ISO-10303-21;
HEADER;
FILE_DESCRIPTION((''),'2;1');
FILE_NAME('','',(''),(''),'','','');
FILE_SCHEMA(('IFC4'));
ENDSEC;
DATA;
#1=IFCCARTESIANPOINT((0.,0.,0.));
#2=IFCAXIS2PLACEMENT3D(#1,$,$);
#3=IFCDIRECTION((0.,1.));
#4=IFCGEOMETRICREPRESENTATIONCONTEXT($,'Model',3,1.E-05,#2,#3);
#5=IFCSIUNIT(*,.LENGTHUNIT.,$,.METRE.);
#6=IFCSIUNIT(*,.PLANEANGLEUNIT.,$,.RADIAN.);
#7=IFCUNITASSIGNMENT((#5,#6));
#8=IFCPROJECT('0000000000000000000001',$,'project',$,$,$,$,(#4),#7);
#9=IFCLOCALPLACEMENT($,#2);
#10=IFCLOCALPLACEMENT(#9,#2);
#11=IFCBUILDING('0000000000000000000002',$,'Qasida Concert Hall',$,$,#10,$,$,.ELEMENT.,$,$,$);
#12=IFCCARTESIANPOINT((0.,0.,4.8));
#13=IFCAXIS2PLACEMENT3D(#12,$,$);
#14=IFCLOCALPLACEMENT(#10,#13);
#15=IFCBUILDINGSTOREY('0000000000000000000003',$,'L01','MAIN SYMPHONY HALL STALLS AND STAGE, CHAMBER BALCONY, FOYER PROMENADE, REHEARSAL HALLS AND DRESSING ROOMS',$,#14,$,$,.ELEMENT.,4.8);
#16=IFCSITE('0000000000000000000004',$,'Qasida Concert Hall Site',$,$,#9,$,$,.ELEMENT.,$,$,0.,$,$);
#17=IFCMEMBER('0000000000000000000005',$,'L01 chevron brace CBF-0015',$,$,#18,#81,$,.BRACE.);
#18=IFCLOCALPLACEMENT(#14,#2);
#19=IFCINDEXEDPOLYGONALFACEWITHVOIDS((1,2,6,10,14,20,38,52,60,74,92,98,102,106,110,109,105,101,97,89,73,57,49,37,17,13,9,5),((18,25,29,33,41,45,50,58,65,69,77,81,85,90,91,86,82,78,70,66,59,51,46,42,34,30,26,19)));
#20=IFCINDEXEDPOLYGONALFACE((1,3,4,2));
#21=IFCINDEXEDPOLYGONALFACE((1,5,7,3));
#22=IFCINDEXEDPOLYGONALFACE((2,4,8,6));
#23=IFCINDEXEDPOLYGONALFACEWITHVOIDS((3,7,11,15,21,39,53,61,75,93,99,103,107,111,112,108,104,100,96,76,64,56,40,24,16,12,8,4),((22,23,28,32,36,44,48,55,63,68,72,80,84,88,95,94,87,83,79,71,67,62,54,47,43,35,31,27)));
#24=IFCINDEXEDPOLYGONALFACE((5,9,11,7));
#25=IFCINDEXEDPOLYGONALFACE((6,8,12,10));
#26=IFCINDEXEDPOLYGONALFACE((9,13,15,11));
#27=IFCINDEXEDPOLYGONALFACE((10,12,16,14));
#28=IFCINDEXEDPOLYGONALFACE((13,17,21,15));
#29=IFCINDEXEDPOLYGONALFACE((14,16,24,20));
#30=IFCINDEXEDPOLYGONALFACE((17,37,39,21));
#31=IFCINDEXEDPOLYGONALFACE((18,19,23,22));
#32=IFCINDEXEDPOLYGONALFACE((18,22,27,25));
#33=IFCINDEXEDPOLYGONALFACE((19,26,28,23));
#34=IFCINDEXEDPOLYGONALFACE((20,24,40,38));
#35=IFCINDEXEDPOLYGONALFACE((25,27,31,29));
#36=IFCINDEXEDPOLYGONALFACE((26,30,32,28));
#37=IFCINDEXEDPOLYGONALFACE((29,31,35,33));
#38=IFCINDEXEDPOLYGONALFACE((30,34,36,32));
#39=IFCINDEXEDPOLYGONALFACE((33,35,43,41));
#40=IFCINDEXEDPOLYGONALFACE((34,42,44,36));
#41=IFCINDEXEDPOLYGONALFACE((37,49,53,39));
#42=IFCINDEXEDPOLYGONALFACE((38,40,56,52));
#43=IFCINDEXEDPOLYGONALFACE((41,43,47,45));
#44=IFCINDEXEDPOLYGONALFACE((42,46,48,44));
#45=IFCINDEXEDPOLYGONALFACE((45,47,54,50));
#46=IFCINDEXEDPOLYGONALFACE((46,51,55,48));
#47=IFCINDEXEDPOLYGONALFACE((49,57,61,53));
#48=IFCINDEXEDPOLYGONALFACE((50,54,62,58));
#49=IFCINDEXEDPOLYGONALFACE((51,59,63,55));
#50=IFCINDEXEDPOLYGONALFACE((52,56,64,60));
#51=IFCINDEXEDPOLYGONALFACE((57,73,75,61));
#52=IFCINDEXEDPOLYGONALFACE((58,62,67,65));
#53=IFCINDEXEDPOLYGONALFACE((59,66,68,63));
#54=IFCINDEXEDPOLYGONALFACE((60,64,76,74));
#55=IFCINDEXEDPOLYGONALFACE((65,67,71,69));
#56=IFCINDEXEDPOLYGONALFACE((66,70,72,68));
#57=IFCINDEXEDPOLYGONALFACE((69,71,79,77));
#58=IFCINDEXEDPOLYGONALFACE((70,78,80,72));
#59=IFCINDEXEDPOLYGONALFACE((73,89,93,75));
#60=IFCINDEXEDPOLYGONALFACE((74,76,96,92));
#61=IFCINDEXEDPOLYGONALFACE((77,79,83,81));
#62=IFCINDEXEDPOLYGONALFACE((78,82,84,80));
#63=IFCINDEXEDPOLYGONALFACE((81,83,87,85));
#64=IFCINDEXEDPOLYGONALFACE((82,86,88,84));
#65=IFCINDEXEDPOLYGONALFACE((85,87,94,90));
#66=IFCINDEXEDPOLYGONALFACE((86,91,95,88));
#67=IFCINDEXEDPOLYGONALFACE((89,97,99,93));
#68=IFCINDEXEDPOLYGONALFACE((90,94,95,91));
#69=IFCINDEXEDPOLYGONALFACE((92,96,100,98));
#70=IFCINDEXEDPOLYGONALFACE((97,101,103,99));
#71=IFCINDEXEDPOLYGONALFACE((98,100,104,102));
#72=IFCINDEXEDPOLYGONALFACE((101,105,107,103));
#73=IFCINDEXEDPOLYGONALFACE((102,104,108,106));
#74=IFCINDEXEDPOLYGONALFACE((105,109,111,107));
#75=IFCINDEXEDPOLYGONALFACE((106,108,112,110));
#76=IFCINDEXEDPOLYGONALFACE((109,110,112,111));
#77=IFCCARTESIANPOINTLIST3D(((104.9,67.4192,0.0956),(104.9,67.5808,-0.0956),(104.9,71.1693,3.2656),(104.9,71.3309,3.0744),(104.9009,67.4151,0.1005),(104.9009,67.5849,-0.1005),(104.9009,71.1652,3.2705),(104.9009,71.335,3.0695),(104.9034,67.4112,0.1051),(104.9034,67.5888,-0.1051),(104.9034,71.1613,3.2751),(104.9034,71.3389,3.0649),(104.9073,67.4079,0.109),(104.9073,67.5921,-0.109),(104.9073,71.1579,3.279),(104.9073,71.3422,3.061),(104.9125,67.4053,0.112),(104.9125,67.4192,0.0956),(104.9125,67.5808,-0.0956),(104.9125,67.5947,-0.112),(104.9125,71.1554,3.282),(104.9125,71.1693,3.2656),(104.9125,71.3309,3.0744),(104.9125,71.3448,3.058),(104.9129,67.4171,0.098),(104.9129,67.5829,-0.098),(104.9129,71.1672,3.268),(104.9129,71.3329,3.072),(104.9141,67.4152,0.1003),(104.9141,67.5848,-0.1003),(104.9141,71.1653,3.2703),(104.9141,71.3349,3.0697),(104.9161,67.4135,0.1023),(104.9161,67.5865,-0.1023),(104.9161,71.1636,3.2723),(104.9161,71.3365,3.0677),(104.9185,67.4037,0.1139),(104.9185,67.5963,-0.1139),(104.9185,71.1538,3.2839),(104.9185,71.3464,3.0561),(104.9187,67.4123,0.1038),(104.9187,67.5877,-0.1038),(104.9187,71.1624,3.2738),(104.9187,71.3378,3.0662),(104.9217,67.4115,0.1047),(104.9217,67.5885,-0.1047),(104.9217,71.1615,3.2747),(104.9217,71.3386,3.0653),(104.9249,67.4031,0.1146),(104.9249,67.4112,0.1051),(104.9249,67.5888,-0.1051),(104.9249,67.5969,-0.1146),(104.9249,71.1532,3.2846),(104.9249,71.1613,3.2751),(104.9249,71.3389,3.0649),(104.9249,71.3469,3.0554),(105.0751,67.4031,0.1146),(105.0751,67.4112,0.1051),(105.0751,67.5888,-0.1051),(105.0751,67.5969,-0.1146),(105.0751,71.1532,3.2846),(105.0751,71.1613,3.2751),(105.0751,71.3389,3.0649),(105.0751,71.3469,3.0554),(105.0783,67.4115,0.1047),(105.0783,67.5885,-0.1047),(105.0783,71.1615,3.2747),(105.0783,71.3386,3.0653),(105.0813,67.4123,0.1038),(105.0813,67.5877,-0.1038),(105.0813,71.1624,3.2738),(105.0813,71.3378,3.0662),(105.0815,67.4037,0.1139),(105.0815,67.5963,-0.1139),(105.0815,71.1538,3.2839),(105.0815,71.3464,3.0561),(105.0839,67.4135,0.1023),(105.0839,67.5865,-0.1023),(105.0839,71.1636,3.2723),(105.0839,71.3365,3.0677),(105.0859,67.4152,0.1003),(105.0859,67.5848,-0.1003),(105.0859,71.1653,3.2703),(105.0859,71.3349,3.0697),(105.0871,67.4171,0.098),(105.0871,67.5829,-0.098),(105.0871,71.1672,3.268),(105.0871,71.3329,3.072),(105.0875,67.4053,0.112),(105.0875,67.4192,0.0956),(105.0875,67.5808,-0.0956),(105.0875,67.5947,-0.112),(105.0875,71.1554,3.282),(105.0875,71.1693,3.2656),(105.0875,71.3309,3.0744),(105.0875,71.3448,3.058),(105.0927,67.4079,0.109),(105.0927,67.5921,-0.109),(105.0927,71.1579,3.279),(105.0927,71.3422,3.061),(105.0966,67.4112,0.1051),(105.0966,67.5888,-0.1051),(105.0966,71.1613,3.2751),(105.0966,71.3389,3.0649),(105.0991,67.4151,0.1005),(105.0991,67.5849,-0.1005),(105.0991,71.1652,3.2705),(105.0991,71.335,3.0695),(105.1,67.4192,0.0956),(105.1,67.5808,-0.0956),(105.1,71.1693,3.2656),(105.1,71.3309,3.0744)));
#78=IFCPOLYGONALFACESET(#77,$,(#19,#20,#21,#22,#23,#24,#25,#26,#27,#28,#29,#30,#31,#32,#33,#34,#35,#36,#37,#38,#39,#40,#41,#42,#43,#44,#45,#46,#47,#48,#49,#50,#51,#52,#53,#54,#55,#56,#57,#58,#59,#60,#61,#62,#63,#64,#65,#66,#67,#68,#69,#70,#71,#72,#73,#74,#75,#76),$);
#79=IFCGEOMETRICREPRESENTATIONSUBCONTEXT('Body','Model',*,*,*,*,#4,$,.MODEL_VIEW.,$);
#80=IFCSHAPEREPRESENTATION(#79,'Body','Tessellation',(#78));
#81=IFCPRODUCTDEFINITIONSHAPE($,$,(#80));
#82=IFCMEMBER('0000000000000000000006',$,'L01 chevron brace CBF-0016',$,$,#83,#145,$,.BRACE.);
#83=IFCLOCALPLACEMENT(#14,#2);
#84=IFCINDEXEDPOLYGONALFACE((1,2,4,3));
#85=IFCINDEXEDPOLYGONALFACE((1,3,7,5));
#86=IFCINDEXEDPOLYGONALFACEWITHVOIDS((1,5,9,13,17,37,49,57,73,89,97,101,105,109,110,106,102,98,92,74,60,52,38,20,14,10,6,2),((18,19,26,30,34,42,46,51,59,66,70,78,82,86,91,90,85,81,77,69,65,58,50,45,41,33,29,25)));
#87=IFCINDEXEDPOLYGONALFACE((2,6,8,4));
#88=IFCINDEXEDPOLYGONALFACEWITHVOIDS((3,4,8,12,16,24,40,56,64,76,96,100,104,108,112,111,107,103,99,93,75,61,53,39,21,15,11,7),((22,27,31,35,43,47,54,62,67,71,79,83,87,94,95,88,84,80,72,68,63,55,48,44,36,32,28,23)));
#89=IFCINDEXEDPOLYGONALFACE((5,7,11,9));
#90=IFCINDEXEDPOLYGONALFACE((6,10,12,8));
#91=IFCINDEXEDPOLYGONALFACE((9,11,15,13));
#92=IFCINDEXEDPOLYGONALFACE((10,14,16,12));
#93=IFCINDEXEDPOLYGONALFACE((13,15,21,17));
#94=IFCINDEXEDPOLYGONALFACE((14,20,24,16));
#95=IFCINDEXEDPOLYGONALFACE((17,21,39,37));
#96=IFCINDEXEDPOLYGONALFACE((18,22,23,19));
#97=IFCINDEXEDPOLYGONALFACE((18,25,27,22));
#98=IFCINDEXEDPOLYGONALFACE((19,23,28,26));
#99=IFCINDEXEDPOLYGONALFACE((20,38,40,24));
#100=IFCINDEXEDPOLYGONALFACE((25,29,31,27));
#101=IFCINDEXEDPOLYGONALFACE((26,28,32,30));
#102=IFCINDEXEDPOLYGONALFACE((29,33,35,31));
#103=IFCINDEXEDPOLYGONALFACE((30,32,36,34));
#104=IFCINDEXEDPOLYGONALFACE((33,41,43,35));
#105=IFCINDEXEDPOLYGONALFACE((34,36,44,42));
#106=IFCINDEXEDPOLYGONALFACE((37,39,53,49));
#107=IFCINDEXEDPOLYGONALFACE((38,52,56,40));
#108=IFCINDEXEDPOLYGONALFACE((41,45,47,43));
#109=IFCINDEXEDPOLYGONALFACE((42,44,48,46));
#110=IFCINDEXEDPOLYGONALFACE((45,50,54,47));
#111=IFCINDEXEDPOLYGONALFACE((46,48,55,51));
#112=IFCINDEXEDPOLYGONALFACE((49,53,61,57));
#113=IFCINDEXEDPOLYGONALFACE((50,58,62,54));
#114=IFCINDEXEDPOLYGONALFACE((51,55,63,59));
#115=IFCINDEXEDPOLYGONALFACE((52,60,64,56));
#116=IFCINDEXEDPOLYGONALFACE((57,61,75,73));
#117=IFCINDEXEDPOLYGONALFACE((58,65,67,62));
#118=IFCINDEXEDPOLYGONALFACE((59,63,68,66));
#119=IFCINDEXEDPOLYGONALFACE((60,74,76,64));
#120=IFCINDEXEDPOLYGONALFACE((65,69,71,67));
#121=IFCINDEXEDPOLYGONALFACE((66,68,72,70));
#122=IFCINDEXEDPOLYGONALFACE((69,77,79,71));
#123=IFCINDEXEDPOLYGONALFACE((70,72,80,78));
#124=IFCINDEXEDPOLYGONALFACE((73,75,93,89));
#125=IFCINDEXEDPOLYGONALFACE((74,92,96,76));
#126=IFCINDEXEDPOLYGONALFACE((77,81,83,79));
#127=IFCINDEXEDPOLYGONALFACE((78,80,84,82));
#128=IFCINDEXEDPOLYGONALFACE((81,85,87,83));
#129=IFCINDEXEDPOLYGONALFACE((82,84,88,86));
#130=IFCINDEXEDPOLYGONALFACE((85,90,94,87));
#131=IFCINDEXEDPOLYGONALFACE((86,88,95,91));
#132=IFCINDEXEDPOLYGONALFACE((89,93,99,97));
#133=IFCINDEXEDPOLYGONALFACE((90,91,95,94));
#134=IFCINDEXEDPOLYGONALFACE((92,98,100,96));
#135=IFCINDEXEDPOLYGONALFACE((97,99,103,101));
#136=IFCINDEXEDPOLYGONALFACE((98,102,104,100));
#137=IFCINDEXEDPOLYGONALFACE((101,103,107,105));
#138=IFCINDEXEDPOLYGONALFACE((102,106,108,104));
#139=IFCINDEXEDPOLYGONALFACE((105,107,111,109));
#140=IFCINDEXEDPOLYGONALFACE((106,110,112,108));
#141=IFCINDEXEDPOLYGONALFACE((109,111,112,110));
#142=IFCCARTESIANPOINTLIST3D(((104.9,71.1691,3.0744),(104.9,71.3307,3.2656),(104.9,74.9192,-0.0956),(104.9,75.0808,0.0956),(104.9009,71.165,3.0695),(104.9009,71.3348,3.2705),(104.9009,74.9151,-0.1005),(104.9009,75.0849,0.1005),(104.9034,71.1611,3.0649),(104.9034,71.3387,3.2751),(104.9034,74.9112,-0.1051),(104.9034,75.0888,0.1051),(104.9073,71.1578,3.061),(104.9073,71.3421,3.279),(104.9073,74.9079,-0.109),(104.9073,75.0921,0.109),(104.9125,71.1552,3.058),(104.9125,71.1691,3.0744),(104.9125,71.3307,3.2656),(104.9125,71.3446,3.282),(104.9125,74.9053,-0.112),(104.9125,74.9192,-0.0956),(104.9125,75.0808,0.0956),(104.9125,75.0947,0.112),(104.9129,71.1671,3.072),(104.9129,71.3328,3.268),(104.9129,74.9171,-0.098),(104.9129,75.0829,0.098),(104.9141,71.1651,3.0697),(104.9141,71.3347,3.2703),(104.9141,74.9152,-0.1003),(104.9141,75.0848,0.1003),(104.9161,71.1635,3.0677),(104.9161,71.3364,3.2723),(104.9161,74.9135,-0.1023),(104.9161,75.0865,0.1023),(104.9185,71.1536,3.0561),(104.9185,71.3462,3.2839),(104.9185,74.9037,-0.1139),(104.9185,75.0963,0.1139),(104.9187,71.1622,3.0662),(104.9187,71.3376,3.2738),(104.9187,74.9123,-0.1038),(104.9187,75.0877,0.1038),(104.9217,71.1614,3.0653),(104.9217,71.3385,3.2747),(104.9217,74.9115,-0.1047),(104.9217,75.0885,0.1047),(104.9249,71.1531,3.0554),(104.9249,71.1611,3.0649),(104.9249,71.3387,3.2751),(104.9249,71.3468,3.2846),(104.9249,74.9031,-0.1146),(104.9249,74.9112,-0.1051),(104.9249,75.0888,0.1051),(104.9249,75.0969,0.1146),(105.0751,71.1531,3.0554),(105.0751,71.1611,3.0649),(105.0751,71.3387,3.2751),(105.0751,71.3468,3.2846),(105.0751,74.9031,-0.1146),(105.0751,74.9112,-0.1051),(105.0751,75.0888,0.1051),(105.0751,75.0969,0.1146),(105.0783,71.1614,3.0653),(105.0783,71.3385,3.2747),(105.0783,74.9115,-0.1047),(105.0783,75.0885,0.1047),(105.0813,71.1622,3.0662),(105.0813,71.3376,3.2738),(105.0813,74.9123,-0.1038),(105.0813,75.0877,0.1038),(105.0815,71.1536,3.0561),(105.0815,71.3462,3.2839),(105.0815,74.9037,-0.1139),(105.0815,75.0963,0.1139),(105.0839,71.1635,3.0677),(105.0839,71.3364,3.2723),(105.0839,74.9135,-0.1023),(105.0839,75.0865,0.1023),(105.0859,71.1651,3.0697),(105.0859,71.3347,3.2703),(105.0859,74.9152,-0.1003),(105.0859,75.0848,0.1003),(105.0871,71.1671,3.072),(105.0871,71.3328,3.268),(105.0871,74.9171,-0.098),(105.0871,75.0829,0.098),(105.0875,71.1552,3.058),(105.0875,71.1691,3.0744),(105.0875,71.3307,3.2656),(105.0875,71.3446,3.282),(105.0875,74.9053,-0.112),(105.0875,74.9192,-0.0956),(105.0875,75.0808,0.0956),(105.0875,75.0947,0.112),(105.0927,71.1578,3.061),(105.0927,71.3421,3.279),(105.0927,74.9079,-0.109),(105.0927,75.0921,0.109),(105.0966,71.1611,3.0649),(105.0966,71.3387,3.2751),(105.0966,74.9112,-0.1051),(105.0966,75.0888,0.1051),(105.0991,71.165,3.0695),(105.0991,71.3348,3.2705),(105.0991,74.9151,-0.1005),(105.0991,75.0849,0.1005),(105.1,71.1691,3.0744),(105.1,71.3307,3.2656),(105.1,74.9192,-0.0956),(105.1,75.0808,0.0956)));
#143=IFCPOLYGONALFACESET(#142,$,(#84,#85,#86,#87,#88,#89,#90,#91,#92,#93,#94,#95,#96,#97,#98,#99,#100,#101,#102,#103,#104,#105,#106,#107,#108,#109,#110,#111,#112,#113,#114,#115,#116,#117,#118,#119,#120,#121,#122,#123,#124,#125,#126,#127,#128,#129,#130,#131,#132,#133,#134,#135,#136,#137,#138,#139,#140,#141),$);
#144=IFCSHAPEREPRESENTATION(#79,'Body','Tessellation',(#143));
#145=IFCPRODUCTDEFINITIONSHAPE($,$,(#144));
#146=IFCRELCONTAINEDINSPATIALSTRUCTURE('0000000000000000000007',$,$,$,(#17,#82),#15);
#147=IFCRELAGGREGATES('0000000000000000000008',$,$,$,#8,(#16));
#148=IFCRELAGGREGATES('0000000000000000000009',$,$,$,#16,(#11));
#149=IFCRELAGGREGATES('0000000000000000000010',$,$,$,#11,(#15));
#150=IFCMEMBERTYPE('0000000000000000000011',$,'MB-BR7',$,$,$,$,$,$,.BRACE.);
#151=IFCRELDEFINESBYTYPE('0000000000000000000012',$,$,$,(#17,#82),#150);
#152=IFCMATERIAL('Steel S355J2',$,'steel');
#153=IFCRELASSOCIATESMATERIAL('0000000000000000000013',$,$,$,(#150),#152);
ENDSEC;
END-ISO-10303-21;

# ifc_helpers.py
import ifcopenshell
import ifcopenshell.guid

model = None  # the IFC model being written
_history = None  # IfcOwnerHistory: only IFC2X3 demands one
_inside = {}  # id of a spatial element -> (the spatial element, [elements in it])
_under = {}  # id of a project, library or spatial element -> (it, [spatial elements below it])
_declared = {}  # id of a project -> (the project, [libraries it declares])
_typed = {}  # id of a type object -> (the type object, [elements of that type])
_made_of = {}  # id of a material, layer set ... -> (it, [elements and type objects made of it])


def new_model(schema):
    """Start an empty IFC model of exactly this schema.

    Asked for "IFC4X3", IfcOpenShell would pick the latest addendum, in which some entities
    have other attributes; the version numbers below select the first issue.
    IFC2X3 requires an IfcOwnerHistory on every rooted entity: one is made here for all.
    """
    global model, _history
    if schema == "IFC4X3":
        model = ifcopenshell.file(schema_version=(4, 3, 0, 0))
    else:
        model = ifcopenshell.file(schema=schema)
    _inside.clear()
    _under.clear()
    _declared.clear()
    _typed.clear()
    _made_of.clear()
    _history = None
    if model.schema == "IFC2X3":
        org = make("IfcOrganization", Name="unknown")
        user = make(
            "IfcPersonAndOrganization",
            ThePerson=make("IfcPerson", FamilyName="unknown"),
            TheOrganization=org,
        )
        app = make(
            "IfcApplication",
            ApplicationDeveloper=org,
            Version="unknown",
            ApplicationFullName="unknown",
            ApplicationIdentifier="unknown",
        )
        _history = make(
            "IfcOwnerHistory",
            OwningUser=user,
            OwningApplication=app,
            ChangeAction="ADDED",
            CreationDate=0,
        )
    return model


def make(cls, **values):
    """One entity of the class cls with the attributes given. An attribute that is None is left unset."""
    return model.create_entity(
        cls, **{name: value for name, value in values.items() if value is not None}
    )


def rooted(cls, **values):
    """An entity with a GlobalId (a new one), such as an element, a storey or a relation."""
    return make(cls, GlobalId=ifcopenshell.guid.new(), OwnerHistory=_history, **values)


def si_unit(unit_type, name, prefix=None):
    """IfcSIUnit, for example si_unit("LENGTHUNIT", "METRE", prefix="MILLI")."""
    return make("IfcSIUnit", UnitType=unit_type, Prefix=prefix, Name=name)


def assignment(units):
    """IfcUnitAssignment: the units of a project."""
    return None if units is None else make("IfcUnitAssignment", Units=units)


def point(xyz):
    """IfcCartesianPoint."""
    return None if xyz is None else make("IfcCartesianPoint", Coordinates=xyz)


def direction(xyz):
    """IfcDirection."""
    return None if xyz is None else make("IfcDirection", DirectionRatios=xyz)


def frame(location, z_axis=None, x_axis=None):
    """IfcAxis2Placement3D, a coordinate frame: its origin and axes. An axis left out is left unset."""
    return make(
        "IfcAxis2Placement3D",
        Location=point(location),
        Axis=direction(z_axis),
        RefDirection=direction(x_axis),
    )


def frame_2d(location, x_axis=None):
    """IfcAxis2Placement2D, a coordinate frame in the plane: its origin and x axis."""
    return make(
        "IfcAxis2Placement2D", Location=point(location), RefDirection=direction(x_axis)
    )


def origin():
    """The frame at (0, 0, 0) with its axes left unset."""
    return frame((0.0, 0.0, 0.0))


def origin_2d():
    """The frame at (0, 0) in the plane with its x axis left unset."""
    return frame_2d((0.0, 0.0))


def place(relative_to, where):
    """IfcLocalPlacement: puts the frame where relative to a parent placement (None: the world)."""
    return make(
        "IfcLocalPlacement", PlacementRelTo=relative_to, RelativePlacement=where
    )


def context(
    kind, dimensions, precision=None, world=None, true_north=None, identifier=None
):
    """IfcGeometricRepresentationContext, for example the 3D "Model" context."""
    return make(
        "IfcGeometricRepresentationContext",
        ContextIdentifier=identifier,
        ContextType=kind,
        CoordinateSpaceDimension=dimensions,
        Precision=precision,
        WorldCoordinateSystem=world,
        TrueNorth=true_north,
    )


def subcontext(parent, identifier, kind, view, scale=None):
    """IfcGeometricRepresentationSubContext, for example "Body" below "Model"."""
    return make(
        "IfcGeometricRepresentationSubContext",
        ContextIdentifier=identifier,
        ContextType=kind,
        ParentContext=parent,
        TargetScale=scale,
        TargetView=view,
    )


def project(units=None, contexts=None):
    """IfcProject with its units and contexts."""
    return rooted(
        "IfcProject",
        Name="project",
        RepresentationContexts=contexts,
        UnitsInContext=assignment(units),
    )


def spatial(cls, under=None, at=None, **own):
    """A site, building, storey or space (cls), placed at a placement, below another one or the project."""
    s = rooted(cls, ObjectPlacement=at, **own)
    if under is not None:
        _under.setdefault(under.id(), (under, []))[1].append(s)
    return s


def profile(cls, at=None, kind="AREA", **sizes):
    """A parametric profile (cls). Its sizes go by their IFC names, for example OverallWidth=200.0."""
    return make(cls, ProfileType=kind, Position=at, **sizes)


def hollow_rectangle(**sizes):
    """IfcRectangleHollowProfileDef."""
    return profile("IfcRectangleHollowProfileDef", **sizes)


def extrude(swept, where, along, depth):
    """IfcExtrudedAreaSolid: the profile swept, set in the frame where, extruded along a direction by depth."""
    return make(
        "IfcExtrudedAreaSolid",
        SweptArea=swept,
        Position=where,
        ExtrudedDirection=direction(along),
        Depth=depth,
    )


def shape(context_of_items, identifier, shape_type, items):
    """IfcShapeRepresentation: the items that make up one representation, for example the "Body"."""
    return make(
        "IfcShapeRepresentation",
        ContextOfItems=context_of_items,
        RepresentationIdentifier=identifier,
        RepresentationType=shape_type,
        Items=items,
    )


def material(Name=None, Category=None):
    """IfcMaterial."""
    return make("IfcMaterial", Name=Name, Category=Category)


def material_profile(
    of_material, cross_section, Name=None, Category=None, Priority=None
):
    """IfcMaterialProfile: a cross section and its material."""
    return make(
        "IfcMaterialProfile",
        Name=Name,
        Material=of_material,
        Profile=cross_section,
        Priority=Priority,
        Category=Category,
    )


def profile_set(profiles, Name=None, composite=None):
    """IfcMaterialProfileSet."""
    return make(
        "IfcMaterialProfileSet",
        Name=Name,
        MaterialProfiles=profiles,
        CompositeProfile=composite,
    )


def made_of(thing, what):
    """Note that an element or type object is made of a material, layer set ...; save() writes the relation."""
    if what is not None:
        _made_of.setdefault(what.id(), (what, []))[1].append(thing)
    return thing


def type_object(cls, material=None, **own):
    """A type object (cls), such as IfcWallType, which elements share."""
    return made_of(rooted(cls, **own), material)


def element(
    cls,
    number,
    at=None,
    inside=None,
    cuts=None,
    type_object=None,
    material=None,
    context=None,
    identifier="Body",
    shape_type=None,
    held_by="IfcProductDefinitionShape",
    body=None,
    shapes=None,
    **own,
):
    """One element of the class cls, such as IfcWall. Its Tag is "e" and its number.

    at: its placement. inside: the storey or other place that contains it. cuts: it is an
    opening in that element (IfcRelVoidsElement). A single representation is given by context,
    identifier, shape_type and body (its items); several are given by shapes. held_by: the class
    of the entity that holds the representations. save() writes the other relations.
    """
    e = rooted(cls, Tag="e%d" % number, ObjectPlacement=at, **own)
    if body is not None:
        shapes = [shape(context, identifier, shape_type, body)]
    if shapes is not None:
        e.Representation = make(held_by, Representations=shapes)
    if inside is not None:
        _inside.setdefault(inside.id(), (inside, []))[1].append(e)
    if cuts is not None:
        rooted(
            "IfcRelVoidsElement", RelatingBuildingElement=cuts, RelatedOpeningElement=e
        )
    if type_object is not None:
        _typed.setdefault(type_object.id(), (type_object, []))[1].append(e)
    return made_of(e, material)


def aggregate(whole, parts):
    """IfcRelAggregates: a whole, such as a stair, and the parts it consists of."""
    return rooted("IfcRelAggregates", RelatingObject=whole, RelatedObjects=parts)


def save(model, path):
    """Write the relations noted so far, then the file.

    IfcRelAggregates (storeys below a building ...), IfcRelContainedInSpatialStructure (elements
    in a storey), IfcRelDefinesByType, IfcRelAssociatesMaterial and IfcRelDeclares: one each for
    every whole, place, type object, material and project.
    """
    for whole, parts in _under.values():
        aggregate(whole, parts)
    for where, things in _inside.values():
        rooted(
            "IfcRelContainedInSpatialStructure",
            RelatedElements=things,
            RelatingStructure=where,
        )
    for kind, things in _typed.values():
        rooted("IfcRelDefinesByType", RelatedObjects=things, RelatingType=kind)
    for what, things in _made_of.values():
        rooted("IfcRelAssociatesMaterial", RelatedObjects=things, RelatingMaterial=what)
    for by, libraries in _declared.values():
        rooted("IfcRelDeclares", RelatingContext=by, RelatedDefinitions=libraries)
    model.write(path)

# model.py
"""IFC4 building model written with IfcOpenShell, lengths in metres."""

from ifc_helpers import new_model, si_unit, direction, frame, origin, origin_2d, place, context, subcontext, project, spatial, hollow_rectangle, extrude, material, material_profile, profile_set, type_object, element, save


model = new_model("IFC4")

# Units and contexts
model_context = context("Model", 3, precision=1e-05, world=origin(), true_north=direction((0.0, 1.0)))
body_context = subcontext(model_context, "Body", "Model", "MODEL_VIEW")
ifc_project = project(units=[si_unit("LENGTHUNIT", "METRE"), si_unit("PLANEANGLEUNIT", "RADIAN")], contexts=[model_context])

# Site, building, storey
site_placement = place(None, origin())
site = spatial("IfcSite", under=ifc_project, at=site_placement, Name="Qasida Concert Hall Site", CompositionType="ELEMENT", RefElevation=0.0)
building_placement = place(site_placement, origin())
building = spatial("IfcBuilding", under=site, at=building_placement, Name="Qasida Concert Hall", CompositionType="ELEMENT")
storey_placement = place(building_placement, frame((0.0, 0.0, 4.8)))
storey = spatial("IfcBuildingStorey", under=building, at=storey_placement, Name="L01", Description="MAIN SYMPHONY HALL STALLS AND STAGE, CHAMBER BALCONY, FOYER PROMENADE, REHEARSAL HALLS AND DRESSING ROOMS", CompositionType="ELEMENT", Elevation=4.8)

# Shared definitions
ifc_material_1 = material(Name="Steel S355J2", Category="steel")

# Members
ifc_material_profile_1 = material_profile(ifc_material_1, hollow_rectangle(XDim=0.2, YDim=0.3, WallThickness=0.0125, InnerFilletRadius=0.0125, OuterFilletRadius=0.0249, at=origin_2d()), Name="RHS 300x200x12.5")
ifc_profile_set_1 = profile_set([ifc_material_profile_1], Name="Steel S355J2")
member_type_1 = type_object("IfcMemberType", Name="MB-BR7", PredefinedType="BRACE", material=ifc_profile_set_1)
for number, where, z_axis, x_axis, name in (
    (1, (105.0, 67.5, 0.0), (0.0, 0.763703, 0.645568), (-1.0, 0.0, 0.0), "L01 chevron brace CBF-0015"),
    (2, (105.0, 75.0, 0.0), (0.0, -0.763703, 0.645568), (1.0, 0.0, 0.0), "L01 chevron brace CBF-0016"),
):
    element("IfcMember", number, at=place(storey_placement, frame(where, z_axis=z_axis, x_axis=x_axis)), inside=storey, type_object=member_type_1, Name=name, PredefinedType="BRACE", context=body_context, shape_type="SweptSolid", body=[
        extrude(hollow_rectangle(XDim=0.2, YDim=0.3, WallThickness=0.0125, InnerFilletRadius=0.0125, OuterFilletRadius=0.0249, at=origin_2d()), origin(), (0.0, 0.0, 1.0), 4.9104),
    ])

save(model, "model.ifc")
